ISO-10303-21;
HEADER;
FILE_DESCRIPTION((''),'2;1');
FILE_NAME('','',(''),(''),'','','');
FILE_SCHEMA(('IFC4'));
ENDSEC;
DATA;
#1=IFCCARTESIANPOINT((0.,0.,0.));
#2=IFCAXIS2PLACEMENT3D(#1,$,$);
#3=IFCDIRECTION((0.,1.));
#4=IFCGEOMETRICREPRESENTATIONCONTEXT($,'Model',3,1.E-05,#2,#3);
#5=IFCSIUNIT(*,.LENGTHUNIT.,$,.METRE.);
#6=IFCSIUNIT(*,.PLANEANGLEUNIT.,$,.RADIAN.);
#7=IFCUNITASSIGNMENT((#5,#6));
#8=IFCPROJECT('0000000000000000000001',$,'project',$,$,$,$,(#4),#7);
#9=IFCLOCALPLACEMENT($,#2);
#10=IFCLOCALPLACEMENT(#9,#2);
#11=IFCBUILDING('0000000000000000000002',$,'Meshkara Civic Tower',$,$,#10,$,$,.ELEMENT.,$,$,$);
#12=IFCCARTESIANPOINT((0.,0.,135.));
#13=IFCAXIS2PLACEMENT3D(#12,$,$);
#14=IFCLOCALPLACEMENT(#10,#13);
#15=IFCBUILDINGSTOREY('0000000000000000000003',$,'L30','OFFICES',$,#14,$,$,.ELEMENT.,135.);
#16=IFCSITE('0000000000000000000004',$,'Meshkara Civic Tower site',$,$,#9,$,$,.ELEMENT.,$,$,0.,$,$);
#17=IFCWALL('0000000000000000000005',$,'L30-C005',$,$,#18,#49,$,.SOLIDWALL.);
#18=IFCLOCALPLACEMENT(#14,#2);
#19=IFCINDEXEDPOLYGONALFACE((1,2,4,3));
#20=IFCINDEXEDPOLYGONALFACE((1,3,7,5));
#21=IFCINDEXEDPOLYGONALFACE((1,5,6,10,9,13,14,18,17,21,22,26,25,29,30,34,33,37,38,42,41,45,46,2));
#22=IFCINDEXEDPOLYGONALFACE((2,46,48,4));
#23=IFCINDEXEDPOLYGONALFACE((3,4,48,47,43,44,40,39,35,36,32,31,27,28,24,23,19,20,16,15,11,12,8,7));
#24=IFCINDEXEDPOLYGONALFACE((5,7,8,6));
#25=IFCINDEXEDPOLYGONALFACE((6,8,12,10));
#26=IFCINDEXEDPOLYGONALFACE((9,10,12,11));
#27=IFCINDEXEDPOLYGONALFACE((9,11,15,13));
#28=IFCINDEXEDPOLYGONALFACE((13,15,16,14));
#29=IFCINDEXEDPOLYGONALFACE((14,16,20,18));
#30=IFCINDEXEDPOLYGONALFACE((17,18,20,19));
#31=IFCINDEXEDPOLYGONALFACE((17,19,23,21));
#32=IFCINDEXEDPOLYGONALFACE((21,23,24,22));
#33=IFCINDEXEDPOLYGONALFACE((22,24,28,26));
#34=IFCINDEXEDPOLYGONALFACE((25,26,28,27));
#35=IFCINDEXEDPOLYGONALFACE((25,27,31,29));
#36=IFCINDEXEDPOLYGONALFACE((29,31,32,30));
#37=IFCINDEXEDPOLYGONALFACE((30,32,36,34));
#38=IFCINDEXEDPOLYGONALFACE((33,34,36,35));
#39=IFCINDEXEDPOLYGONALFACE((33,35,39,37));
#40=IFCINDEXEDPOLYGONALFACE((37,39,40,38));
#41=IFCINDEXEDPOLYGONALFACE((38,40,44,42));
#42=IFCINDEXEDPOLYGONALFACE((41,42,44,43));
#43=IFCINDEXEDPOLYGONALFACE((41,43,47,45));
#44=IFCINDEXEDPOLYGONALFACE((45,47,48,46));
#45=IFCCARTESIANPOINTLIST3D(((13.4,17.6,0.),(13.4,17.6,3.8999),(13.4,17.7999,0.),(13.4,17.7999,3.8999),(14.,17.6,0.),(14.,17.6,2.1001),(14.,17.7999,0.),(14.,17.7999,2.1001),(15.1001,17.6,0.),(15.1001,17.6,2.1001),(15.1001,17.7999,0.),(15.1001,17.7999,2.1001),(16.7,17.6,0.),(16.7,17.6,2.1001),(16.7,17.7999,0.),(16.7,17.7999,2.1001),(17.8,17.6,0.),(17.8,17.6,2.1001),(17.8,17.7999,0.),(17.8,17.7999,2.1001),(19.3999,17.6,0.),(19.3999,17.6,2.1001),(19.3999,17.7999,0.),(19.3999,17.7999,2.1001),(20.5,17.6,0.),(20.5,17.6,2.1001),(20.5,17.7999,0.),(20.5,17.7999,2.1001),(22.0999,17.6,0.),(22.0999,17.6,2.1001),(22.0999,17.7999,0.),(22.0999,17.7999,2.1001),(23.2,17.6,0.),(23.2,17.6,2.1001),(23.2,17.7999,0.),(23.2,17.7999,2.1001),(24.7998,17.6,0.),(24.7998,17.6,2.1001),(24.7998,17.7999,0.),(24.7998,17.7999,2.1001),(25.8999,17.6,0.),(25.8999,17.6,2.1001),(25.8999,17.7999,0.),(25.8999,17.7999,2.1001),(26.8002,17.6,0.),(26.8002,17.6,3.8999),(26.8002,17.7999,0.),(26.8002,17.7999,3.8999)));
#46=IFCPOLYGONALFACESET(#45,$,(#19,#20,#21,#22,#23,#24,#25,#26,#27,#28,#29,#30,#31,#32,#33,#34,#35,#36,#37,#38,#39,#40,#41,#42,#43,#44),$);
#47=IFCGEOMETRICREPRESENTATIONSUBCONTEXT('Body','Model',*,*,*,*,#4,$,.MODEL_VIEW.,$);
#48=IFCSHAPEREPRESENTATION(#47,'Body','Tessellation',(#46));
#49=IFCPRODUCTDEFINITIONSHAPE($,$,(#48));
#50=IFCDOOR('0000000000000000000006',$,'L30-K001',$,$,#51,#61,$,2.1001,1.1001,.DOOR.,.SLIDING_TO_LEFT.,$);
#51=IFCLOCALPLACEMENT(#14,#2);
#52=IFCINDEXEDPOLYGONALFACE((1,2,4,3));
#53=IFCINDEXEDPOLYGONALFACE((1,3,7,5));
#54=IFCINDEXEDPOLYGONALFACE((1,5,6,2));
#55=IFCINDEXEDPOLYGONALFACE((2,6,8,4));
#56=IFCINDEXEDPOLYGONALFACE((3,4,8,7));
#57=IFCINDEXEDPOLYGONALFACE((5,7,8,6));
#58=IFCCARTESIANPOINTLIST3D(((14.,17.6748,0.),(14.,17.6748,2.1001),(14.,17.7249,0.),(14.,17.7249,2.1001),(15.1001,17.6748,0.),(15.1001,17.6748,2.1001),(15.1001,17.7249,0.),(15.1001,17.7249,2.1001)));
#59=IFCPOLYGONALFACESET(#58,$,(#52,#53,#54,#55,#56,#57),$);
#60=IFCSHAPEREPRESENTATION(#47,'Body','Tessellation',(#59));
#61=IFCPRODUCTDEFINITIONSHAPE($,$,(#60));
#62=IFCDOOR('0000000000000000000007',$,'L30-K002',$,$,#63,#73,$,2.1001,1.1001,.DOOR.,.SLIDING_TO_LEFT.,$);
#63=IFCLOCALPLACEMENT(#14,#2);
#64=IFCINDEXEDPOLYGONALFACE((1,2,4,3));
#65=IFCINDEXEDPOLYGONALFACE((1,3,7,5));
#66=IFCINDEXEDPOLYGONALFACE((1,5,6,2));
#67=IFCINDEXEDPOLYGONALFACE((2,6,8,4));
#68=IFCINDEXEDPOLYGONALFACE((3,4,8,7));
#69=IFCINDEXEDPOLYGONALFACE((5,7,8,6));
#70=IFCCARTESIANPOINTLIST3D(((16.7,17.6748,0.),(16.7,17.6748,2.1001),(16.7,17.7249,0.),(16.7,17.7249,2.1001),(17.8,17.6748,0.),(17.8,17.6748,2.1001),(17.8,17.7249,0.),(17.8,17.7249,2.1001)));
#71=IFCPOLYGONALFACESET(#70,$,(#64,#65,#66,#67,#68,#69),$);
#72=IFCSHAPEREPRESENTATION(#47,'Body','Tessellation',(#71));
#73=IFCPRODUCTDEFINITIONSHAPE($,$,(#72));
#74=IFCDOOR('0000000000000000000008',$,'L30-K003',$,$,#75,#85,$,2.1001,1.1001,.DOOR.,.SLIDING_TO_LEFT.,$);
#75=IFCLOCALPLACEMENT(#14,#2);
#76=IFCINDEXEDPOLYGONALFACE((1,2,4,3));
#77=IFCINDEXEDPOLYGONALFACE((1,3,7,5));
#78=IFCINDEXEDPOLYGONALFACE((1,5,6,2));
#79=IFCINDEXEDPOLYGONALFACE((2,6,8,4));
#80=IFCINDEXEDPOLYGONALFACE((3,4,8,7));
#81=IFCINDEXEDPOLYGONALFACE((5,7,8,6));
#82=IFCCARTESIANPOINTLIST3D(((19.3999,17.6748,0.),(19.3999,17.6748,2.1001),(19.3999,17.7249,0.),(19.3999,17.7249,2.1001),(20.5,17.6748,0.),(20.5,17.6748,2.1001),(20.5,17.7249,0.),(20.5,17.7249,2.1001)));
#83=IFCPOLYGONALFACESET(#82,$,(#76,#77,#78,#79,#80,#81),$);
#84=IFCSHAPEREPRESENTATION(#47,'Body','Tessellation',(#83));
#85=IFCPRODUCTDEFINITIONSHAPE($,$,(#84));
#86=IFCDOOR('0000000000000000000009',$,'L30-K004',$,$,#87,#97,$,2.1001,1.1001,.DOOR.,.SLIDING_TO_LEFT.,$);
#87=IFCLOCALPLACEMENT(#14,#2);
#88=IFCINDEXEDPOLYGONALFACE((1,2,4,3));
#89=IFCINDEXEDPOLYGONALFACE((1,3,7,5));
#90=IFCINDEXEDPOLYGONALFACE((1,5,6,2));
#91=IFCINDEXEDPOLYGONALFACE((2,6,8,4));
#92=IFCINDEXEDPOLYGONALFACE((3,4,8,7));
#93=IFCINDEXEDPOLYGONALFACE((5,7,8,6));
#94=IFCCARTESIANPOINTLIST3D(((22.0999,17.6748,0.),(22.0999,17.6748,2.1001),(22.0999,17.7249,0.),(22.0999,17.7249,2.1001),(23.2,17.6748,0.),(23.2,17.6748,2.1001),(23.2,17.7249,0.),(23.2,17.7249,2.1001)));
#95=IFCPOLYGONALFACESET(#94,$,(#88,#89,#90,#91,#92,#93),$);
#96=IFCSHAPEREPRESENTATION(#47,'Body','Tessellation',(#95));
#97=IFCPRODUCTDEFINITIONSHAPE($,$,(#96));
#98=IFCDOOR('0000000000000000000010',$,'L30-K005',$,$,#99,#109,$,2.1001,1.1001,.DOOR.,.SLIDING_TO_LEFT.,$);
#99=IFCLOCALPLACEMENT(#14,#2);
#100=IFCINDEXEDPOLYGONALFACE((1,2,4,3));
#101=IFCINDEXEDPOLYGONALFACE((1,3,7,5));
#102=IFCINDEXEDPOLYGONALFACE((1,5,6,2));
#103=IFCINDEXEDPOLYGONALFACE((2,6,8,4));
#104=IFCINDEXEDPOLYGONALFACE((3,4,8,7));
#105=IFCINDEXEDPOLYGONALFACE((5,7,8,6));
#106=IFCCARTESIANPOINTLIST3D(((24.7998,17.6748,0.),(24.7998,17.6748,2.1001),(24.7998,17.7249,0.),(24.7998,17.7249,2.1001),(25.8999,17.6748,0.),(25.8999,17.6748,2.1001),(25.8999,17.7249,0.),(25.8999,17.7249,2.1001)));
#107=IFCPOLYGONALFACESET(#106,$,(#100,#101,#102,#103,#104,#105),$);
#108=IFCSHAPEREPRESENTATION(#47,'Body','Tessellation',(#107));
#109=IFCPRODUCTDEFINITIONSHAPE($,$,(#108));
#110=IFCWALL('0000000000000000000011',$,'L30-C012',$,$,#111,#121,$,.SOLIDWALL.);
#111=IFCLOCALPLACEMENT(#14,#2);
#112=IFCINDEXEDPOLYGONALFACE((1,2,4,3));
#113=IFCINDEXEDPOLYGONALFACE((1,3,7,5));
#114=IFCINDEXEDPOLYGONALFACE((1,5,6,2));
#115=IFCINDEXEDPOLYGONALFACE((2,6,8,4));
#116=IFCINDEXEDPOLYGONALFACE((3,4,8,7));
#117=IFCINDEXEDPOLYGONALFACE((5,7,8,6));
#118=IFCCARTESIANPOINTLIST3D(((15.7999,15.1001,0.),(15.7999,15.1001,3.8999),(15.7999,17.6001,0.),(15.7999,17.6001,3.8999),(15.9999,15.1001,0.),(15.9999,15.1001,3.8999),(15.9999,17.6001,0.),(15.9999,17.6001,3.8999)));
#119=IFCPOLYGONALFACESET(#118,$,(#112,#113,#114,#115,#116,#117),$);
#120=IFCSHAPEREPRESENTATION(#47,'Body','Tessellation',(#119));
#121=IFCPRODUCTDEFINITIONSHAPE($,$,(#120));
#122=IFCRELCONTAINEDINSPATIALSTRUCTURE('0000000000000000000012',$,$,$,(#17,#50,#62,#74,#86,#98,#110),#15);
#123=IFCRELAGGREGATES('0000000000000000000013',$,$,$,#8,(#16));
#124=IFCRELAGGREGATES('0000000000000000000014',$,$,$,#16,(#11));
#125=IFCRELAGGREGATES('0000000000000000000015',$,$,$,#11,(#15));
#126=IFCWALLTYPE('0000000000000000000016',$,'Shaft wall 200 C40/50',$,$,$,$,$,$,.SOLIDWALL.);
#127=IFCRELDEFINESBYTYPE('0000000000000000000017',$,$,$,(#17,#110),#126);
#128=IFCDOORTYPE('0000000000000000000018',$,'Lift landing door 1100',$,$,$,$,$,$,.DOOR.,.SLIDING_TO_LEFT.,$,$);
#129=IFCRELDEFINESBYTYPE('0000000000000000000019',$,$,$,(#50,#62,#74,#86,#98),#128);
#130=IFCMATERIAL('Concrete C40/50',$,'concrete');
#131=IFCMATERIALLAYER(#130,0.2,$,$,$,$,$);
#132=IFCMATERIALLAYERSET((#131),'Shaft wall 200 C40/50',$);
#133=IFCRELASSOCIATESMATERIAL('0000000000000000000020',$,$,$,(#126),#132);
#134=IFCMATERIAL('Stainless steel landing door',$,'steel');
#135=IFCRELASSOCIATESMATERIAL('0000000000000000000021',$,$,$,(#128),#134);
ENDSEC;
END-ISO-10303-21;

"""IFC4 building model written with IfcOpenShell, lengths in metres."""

from ifc_helpers import new_model, si_unit, direction, frame, frame_2d, origin, place, context, subcontext, project, spatial, rectangle, extrude, material, layer, layer_set, type_object, element, fill, save


model = new_model("IFC4")

# Units and contexts
model_context = context("Model", 3, precision=1e-05, world=origin(), true_north=direction((0.0, 1.0)))
body_context = subcontext(model_context, "Body", "Model", "MODEL_VIEW")
ifc_project = project(units=[si_unit("LENGTHUNIT", "METRE"), si_unit("PLANEANGLEUNIT", "RADIAN")], contexts=[model_context])

# Site, building, storey
site_placement = place(None, origin())
site = spatial("IfcSite", under=ifc_project, at=site_placement, Name="Meshkara Civic Tower site", CompositionType="ELEMENT", RefElevation=0.0)
building_placement = place(site_placement, origin())
building = spatial("IfcBuilding", under=site, at=building_placement, Name="Meshkara Civic Tower", CompositionType="ELEMENT")
storey_placement = place(building_placement, frame((0.0, 0.0, 135.0)))
storey = spatial("IfcBuildingStorey", under=building, at=storey_placement, Name="L30", Description="OFFICES", CompositionType="ELEMENT", Elevation=135.0)

# Wall, openings, doors
ifc_material_1 = material(Name="Concrete C40/50", Category="concrete")
ifc_layer_1 = layer(ifc_material_1, 0.2)
ifc_layer_set_1 = layer_set([ifc_layer_1], Name="Shaft wall 200 C40/50")
wall_type_1 = type_object("IfcWallType", Name="Shaft wall 200 C40/50", PredefinedType="SOLIDWALL", material=ifc_layer_set_1)
wall_1_placement = place(storey_placement, frame((13.3999, 17.7, 0.0), z_axis=(0.0, 0.0, 1.0), x_axis=(1.0, 0.0, 0.0)))
wall_1 = element("IfcWall", 1, at=wall_1_placement, inside=storey, type_object=wall_type_1, Name="L30-C005", PredefinedType="SOLIDWALL", context=body_context, shape_type="SweptSolid", body=[
    extrude(rectangle(XDim=13.4001, YDim=0.2, at=frame_2d((6.7002, 0.0))), origin(), (0.0, 0.0, 1.0), 3.8999),
])
opening_1_placement = place(wall_1_placement, frame((0.6001, 0.0, 0.0)))
opening_1 = element("IfcOpeningElement", 2, at=opening_1_placement, cuts=wall_1, PredefinedType="OPENING", context=body_context, shape_type="SweptSolid", body=[
    extrude(rectangle(XDim=1.1001, YDim=2.1001, at=frame_2d((0.55, 1.05))), frame((0.0, 0.1099, 0.0), z_axis=(0.0, -1.0, 0.0), x_axis=(1.0, 0.0, 0.0)), (0.0, 0.0, 1.0), 0.22),
])
opening_2_placement = place(wall_1_placement, frame((3.3, 0.0, 0.0)))
opening_2 = element("IfcOpeningElement", 3, at=opening_2_placement, cuts=wall_1, PredefinedType="OPENING", context=body_context, shape_type="SweptSolid", body=[
    extrude(rectangle(XDim=1.1001, YDim=2.1001, at=frame_2d((0.55, 1.05))), frame((0.0, 0.1099, 0.0), z_axis=(0.0, -1.0, 0.0), x_axis=(1.0, 0.0, 0.0)), (0.0, 0.0, 1.0), 0.22),
])
opening_3_placement = place(wall_1_placement, frame((6.0, 0.0, 0.0)))
opening_3 = element("IfcOpeningElement", 4, at=opening_3_placement, cuts=wall_1, PredefinedType="OPENING", context=body_context, shape_type="SweptSolid", body=[
    extrude(rectangle(XDim=1.1001, YDim=2.1001, at=frame_2d((0.55, 1.05))), frame((0.0, 0.1099, 0.0), z_axis=(0.0, -1.0, 0.0), x_axis=(1.0, 0.0, 0.0)), (0.0, 0.0, 1.0), 0.22),
])
opening_4_placement = place(wall_1_placement, frame((8.7, 0.0, 0.0)))
opening_4 = element("IfcOpeningElement", 5, at=opening_4_placement, cuts=wall_1, PredefinedType="OPENING", context=body_context, shape_type="SweptSolid", body=[
    extrude(rectangle(XDim=1.1001, YDim=2.1001, at=frame_2d((0.55, 1.05))), frame((0.0, 0.1099, 0.0), z_axis=(0.0, -1.0, 0.0), x_axis=(1.0, 0.0, 0.0)), (0.0, 0.0, 1.0), 0.22),
])
opening_5_placement = place(wall_1_placement, frame((11.3999, 0.0, 0.0)))
opening_5 = element("IfcOpeningElement", 6, at=opening_5_placement, cuts=wall_1, PredefinedType="OPENING", context=body_context, shape_type="SweptSolid", body=[
    extrude(rectangle(XDim=1.1001, YDim=2.1001, at=frame_2d((0.55, 1.05))), frame((0.0, 0.1099, 0.0), z_axis=(0.0, -1.0, 0.0), x_axis=(1.0, 0.0, 0.0)), (0.0, 0.0, 1.0), 0.22),
])
ifc_material_2 = material(Name="Stainless steel landing door", Category="steel")
door_type_1 = type_object("IfcDoorType", Name="Lift landing door 1100", OperationType="SLIDING_TO_LEFT", PredefinedType="DOOR", material=ifc_material_2)
door_1_placement = place(opening_1_placement, origin())
door_1 = element("IfcDoor", 7, at=door_1_placement, inside=storey, type_object=door_type_1, Name="L30-K001", OperationType="SLIDING_TO_LEFT", OverallHeight=2.1001, OverallWidth=1.1001, PredefinedType="DOOR", context=body_context, shape_type="SweptSolid", body=[
    extrude(rectangle(XDim=1.1001, YDim=2.1001, at=frame_2d((0.55, 1.05))), frame((0.0, 0.0249, 0.0), z_axis=(0.0, -1.0, 0.0), x_axis=(1.0, 0.0, 0.0)), (0.0, 0.0, 1.0), 0.05),
])
fill(opening_1, door_1)
door_2_placement = place(opening_2_placement, origin())
door_2 = element("IfcDoor", 8, at=door_2_placement, inside=storey, type_object=door_type_1, Name="L30-K002", OperationType="SLIDING_TO_LEFT", OverallHeight=2.1001, OverallWidth=1.1001, PredefinedType="DOOR", context=body_context, shape_type="SweptSolid", body=[
    extrude(rectangle(XDim=1.1001, YDim=2.1001, at=frame_2d((0.55, 1.05))), frame((0.0, 0.0249, 0.0), z_axis=(0.0, -1.0, 0.0), x_axis=(1.0, 0.0, 0.0)), (0.0, 0.0, 1.0), 0.05),
])
fill(opening_2, door_2)
door_3_placement = place(opening_3_placement, origin())
door_3 = element("IfcDoor", 9, at=door_3_placement, inside=storey, type_object=door_type_1, Name="L30-K003", OperationType="SLIDING_TO_LEFT", OverallHeight=2.1001, OverallWidth=1.1001, PredefinedType="DOOR", context=body_context, shape_type="SweptSolid", body=[
    extrude(rectangle(XDim=1.1001, YDim=2.1001, at=frame_2d((0.55, 1.05))), frame((0.0, 0.0249, 0.0), z_axis=(0.0, -1.0, 0.0), x_axis=(1.0, 0.0, 0.0)), (0.0, 0.0, 1.0), 0.05),
])
fill(opening_3, door_3)
door_4_placement = place(opening_4_placement, origin())
door_4 = element("IfcDoor", 10, at=door_4_placement, inside=storey, type_object=door_type_1, Name="L30-K004", OperationType="SLIDING_TO_LEFT", OverallHeight=2.1001, OverallWidth=1.1001, PredefinedType="DOOR", context=body_context, shape_type="SweptSolid", body=[
    extrude(rectangle(XDim=1.1001, YDim=2.1001, at=frame_2d((0.55, 1.05))), frame((0.0, 0.0249, 0.0), z_axis=(0.0, -1.0, 0.0), x_axis=(1.0, 0.0, 0.0)), (0.0, 0.0, 1.0), 0.05),
])
fill(opening_4, door_4)
door_5_placement = place(opening_5_placement, origin())
door_5 = element("IfcDoor", 11, at=door_5_placement, inside=storey, type_object=door_type_1, Name="L30-K005", OperationType="SLIDING_TO_LEFT", OverallHeight=2.1001, OverallWidth=1.1001, PredefinedType="DOOR", context=body_context, shape_type="SweptSolid", body=[
    extrude(rectangle(XDim=1.1001, YDim=2.1001, at=frame_2d((0.55, 1.05))), frame((0.0, 0.0249, 0.0), z_axis=(0.0, -1.0, 0.0), x_axis=(1.0, 0.0, 0.0)), (0.0, 0.0, 1.0), 0.05),
])
fill(opening_5, door_5)

# Wall
wall_2_placement = place(storey_placement, frame((15.8999, 15.1001, 0.0), z_axis=(0.0, 0.0, 1.0), x_axis=(0.0, 1.0, 0.0)))
element("IfcWall", 12, at=wall_2_placement, inside=storey, type_object=wall_type_1, Name="L30-C012", PredefinedType="SOLIDWALL", context=body_context, shape_type="SweptSolid", body=[
    extrude(rectangle(XDim=2.5, YDim=0.2, at=frame_2d((1.25, 0.0))), origin(), (0.0, 0.0, 1.0), 3.8999),
])

save(model, "model.ifc")
